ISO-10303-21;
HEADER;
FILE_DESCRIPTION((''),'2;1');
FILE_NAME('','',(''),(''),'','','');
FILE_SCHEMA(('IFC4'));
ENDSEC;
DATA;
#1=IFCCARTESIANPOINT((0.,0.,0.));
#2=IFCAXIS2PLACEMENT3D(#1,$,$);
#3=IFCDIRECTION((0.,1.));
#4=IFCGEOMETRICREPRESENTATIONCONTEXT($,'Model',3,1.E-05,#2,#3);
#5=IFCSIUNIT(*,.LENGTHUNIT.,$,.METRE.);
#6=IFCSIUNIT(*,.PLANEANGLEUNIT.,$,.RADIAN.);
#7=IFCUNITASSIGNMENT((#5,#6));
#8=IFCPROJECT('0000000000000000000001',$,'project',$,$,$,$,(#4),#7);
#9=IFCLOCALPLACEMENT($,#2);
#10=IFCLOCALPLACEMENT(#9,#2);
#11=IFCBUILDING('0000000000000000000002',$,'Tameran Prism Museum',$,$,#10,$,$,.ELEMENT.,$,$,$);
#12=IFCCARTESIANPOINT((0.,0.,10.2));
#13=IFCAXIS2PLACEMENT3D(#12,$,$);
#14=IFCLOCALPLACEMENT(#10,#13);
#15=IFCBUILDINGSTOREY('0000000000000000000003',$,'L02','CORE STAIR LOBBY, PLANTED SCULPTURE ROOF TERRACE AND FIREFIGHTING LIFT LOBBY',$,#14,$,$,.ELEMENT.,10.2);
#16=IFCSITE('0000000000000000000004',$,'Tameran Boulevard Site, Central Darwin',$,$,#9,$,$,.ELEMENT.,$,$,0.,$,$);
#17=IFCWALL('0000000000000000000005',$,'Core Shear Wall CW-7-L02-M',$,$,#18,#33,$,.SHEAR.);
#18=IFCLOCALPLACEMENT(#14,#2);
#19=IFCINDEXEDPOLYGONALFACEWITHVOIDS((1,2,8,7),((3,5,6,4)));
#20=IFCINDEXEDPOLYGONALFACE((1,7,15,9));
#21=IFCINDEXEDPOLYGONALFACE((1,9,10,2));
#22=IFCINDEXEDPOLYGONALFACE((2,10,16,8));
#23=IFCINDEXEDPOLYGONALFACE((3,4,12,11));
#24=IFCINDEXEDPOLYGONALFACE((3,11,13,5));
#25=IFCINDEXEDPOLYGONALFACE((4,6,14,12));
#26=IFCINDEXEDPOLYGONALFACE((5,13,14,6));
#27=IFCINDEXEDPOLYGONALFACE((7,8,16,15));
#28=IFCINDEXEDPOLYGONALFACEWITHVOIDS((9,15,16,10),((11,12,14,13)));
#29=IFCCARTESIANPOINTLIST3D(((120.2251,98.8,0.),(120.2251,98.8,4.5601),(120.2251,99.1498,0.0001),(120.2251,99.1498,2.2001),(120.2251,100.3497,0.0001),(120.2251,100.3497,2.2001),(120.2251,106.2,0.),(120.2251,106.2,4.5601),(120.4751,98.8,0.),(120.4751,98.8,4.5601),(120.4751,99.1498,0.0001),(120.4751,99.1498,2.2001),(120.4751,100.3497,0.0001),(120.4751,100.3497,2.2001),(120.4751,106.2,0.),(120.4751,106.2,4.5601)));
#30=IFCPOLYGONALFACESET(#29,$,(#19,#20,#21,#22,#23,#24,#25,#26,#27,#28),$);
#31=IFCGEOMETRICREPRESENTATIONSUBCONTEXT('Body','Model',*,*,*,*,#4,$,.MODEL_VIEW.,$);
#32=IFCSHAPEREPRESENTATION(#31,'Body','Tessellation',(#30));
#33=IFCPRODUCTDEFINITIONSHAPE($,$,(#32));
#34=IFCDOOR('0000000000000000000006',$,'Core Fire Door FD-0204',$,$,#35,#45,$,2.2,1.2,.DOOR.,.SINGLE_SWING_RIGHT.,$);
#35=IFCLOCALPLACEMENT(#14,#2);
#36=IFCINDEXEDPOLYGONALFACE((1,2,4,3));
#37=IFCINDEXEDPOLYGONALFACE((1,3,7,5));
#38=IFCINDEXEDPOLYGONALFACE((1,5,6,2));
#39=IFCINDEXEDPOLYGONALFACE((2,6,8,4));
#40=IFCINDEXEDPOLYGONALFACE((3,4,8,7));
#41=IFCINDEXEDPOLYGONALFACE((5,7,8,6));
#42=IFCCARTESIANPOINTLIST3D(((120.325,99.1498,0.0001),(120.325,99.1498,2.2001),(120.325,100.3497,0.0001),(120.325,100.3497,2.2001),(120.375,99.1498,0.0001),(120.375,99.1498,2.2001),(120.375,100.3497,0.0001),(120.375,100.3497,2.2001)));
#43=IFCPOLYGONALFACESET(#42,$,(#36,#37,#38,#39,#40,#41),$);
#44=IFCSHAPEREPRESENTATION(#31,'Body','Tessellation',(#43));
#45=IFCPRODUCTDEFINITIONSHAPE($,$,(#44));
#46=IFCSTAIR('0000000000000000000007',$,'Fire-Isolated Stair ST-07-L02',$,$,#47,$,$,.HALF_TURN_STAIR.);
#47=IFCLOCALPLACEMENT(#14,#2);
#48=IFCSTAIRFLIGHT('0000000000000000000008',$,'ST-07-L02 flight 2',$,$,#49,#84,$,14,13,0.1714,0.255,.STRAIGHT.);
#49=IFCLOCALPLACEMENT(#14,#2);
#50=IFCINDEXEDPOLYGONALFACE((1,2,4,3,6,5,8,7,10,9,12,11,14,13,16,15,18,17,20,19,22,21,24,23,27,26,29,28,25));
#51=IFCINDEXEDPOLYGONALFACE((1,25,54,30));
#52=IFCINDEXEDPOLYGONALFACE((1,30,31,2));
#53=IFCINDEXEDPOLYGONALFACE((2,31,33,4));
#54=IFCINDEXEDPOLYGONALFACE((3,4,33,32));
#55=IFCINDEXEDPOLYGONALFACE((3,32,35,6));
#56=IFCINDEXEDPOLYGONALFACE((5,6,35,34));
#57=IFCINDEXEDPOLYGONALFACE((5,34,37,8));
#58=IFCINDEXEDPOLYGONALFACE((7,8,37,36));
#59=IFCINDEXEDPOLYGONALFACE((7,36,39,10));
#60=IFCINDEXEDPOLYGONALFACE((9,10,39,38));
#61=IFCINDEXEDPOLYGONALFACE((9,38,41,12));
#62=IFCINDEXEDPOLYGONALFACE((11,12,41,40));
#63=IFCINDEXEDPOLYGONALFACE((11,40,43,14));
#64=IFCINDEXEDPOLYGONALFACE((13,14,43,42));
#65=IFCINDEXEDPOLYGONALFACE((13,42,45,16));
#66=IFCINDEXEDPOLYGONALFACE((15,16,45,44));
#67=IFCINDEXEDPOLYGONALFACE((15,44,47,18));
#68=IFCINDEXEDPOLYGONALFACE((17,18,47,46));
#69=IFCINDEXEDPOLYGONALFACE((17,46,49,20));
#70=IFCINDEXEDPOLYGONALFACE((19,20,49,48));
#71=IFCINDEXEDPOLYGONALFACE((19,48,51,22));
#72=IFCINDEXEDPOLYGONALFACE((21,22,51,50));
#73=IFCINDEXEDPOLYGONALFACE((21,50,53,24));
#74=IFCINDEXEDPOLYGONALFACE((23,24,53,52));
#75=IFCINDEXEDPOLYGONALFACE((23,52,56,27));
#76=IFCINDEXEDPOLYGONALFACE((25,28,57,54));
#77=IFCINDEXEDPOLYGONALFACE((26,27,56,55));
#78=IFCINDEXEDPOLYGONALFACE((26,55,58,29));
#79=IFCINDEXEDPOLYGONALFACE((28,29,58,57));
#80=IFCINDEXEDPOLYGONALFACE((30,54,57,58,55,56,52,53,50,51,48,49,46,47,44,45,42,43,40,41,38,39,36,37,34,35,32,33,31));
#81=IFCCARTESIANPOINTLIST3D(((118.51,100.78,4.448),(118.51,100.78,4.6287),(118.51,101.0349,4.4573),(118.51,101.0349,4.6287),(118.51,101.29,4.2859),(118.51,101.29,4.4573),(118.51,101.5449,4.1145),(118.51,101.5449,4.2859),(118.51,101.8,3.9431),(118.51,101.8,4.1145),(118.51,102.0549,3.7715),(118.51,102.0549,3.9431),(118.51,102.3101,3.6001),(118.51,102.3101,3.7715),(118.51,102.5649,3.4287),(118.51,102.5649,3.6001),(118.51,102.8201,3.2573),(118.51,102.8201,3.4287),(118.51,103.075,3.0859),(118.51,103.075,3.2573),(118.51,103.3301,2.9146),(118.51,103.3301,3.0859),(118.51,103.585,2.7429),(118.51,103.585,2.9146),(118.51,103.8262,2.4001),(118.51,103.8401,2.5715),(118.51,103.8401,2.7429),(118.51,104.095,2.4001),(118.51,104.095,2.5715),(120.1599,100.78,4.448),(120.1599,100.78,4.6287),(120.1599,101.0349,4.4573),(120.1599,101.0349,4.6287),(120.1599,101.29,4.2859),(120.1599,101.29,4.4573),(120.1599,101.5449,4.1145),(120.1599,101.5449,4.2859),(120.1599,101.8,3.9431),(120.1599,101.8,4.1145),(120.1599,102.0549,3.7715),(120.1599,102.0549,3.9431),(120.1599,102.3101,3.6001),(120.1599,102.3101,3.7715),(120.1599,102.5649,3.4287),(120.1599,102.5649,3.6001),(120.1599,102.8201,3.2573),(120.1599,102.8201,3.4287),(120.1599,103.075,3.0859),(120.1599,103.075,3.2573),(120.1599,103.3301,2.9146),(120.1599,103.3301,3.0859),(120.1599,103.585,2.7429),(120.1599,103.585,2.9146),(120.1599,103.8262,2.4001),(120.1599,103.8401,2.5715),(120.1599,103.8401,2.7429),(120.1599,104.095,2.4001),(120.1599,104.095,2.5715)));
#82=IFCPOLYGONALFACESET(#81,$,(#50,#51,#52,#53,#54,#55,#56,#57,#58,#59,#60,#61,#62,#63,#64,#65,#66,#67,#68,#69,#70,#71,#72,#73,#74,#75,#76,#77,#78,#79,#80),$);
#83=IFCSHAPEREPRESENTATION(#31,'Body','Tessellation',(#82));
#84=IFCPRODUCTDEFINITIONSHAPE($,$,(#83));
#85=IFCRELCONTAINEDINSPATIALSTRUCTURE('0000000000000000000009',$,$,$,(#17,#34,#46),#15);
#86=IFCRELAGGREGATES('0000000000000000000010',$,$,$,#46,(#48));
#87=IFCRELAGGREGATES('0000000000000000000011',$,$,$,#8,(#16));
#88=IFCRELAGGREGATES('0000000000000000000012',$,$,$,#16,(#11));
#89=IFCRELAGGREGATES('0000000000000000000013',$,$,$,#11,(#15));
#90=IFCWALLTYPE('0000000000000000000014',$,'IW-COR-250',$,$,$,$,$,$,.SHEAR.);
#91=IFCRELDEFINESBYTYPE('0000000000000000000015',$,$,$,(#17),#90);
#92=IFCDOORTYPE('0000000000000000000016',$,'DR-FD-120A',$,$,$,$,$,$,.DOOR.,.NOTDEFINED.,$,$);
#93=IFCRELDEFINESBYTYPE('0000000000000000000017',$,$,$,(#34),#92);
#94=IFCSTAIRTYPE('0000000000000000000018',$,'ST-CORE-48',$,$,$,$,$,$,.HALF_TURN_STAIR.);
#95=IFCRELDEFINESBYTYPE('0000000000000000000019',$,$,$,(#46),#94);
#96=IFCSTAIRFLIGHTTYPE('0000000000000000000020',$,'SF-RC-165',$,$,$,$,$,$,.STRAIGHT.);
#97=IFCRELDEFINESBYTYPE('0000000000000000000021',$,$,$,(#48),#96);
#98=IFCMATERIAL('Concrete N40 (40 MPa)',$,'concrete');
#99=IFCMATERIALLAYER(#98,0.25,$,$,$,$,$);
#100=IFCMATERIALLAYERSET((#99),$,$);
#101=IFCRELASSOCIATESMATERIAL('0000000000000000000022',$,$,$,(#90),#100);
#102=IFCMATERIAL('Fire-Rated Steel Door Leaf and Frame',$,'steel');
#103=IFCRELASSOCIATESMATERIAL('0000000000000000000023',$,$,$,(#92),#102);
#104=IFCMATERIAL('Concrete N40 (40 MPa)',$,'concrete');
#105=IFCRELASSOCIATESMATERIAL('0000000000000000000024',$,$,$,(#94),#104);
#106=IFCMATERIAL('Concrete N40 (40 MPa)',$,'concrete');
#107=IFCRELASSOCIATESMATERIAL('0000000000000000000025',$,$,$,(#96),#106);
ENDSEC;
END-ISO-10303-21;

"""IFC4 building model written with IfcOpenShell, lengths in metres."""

from ifc_helpers import new_model, si_unit, direction, frame, frame_2d, origin, place, context, subcontext, project, spatial, polyline, rectangle, outline, extrude, material, layer, layer_set, type_object, element, fill, aggregate, save


model = new_model("IFC4")

# Units and contexts
model_context = context("Model", 3, precision=1e-05, world=origin(), true_north=direction((0.0, 1.0)))
body_context = subcontext(model_context, "Body", "Model", "MODEL_VIEW")
ifc_project = project(units=[si_unit("LENGTHUNIT", "METRE"), si_unit("PLANEANGLEUNIT", "RADIAN")], contexts=[model_context])

# Site, building, storey
site_placement = place(None, origin())
site = spatial("IfcSite", under=ifc_project, at=site_placement, Name="Tameran Boulevard Site, Central Darwin", CompositionType="ELEMENT", RefElevation=0.0)
building_placement = place(site_placement, origin())
building = spatial("IfcBuilding", under=site, at=building_placement, Name="Tameran Prism Museum", CompositionType="ELEMENT")
storey_placement = place(building_placement, frame((0.0, 0.0, 10.2)))
storey = spatial("IfcBuildingStorey", under=building, at=storey_placement, Name="L02", Description="CORE STAIR LOBBY, PLANTED SCULPTURE ROOF TERRACE AND FIREFIGHTING LIFT LOBBY", CompositionType="ELEMENT", Elevation=10.2)

# Shared definitions
ifc_material_1 = material(Name="Concrete N40 (40 MPa)", Category="concrete")
ifc_layer_1 = layer(ifc_material_1, 0.25)
ifc_layer_set_1 = layer_set([ifc_layer_1])
wall_type_1 = type_object("IfcWallType", Name="IW-COR-250", PredefinedType="SHEAR", material=ifc_layer_set_1)

# Wall, opening, door
ifc_material_2 = material(Name="Fire-Rated Steel Door Leaf and Frame", Category="steel")
door_type_1 = type_object("IfcDoorType", Name="DR-FD-120A", OperationType="NOTDEFINED", PredefinedType="DOOR", material=ifc_material_2)
wall_1_placement = place(storey_placement, frame((120.3501, 106.2, 0.0), z_axis=(0.0, 0.0, 1.0), x_axis=(0.0, -1.0, 0.0)))
wall_1 = element("IfcWall", 1, at=wall_1_placement, inside=storey, type_object=wall_type_1, Name="Core Shear Wall CW-7-L02-M", PredefinedType="SHEAR", context=body_context, shape_type="SweptSolid", body=[
    extrude(rectangle(XDim=7.3999, YDim=0.25, at=frame_2d((3.7, 0.0))), origin(), (0.0, 0.0, 1.0), 4.5601),
])
opening_1_placement = place(wall_1_placement, frame((5.8501, 0.0, 0.0)))
opening_1 = element("IfcOpeningElement", 2, at=opening_1_placement, cuts=wall_1, PredefinedType="OPENING", context=body_context, shape_type="SweptSolid", body=[
    extrude(rectangle(XDim=1.2, YDim=2.2, at=frame_2d((0.6001, 1.1001))), frame((0.0, 0.135, 0.0), z_axis=(0.0, -1.0, 0.0), x_axis=(1.0, 0.0, 0.0)), (0.0, 0.0, 1.0), 0.27),
])
door_1_placement = place(opening_1_placement, origin())
door_1 = element("IfcDoor", 3, at=door_1_placement, inside=storey, type_object=door_type_1, Name="Core Fire Door FD-0204", OperationType="SINGLE_SWING_RIGHT", OverallHeight=2.2, OverallWidth=1.2, PredefinedType="DOOR", context=body_context, shape_type="SweptSolid", body=[
    extrude(rectangle(XDim=1.2, YDim=2.2, at=frame_2d((0.6001, 1.1001))), frame((0.0, 0.0249, 0.0), z_axis=(0.0, -1.0, 0.0), x_axis=(1.0, 0.0, 0.0)), (0.0, 0.0, 1.0), 0.05),
])
fill(opening_1, door_1)

# Stair, stair flight
ifc_material_3 = material(Name="Concrete N40 (40 MPa)", Category="concrete")
stair_type = type_object("IfcStairType", Name="ST-CORE-48", PredefinedType="HALF_TURN_STAIR", material=ifc_material_3)
stair_placement = place(storey_placement, origin())
stair = element("IfcStair", 4, at=stair_placement, inside=storey, type_object=stair_type, Name="Fire-Isolated Stair ST-07-L02", PredefinedType="HALF_TURN_STAIR")
ifc_material_4 = material(Name="Concrete N40 (40 MPa)", Category="concrete")
stair_flight_type = type_object("IfcStairFlightType", Name="SF-RC-165", PredefinedType="STRAIGHT", material=ifc_material_4)
stair_flight_placement = place(storey_placement, frame((119.335, 104.095, 2.4001), z_axis=(0.0, 0.0, 1.0), x_axis=(0.0, -1.0, 0.0)))
stair_flight = element("IfcStairFlight", 5, at=stair_flight_placement, type_object=stair_flight_type, Name="ST-07-L02 flight 2", NumberOfRisers=14, NumberOfTreads=13, PredefinedType="STRAIGHT", RiserHeight=0.1714, TreadLength=0.255, context=body_context, shape_type="SweptSolid", body=[
    extrude(outline(polyline([(0.0, 0.0), (0.0, 0.1714), (0.2549, 0.1714), (0.2549, 0.3428), (0.51, 0.3428), (0.51, 0.5144), (0.7649, 0.5144), (0.7649, 0.6858), (1.02, 0.6858), (1.02, 0.8572), (1.2749, 0.8572), (1.2749, 1.0286), (1.53, 1.0286), (1.53, 1.2), (1.7849, 1.2), (1.7849, 1.3713), (2.04, 1.3713), (2.04, 1.543), (2.2949, 1.543), (2.2949, 1.7144), (2.55, 1.7144), (2.55, 1.8857), (2.8049, 1.8857), (2.8049, 2.0571), (3.0601, 2.0571), (3.0601, 2.2285), (3.3149, 2.2285), (3.3149, 2.3999), (3.3149, 2.0479), (0.2688, 0.0), (0.0, 0.0)])), frame((0.0, 0.825, 0.0), z_axis=(0.0, -1.0, 0.0), x_axis=(1.0, 0.0, 0.0)), (0.0, 0.0, 1.0), 1.6499),
])
aggregate(stair, [stair_flight])

save(model, "model.ifc")
